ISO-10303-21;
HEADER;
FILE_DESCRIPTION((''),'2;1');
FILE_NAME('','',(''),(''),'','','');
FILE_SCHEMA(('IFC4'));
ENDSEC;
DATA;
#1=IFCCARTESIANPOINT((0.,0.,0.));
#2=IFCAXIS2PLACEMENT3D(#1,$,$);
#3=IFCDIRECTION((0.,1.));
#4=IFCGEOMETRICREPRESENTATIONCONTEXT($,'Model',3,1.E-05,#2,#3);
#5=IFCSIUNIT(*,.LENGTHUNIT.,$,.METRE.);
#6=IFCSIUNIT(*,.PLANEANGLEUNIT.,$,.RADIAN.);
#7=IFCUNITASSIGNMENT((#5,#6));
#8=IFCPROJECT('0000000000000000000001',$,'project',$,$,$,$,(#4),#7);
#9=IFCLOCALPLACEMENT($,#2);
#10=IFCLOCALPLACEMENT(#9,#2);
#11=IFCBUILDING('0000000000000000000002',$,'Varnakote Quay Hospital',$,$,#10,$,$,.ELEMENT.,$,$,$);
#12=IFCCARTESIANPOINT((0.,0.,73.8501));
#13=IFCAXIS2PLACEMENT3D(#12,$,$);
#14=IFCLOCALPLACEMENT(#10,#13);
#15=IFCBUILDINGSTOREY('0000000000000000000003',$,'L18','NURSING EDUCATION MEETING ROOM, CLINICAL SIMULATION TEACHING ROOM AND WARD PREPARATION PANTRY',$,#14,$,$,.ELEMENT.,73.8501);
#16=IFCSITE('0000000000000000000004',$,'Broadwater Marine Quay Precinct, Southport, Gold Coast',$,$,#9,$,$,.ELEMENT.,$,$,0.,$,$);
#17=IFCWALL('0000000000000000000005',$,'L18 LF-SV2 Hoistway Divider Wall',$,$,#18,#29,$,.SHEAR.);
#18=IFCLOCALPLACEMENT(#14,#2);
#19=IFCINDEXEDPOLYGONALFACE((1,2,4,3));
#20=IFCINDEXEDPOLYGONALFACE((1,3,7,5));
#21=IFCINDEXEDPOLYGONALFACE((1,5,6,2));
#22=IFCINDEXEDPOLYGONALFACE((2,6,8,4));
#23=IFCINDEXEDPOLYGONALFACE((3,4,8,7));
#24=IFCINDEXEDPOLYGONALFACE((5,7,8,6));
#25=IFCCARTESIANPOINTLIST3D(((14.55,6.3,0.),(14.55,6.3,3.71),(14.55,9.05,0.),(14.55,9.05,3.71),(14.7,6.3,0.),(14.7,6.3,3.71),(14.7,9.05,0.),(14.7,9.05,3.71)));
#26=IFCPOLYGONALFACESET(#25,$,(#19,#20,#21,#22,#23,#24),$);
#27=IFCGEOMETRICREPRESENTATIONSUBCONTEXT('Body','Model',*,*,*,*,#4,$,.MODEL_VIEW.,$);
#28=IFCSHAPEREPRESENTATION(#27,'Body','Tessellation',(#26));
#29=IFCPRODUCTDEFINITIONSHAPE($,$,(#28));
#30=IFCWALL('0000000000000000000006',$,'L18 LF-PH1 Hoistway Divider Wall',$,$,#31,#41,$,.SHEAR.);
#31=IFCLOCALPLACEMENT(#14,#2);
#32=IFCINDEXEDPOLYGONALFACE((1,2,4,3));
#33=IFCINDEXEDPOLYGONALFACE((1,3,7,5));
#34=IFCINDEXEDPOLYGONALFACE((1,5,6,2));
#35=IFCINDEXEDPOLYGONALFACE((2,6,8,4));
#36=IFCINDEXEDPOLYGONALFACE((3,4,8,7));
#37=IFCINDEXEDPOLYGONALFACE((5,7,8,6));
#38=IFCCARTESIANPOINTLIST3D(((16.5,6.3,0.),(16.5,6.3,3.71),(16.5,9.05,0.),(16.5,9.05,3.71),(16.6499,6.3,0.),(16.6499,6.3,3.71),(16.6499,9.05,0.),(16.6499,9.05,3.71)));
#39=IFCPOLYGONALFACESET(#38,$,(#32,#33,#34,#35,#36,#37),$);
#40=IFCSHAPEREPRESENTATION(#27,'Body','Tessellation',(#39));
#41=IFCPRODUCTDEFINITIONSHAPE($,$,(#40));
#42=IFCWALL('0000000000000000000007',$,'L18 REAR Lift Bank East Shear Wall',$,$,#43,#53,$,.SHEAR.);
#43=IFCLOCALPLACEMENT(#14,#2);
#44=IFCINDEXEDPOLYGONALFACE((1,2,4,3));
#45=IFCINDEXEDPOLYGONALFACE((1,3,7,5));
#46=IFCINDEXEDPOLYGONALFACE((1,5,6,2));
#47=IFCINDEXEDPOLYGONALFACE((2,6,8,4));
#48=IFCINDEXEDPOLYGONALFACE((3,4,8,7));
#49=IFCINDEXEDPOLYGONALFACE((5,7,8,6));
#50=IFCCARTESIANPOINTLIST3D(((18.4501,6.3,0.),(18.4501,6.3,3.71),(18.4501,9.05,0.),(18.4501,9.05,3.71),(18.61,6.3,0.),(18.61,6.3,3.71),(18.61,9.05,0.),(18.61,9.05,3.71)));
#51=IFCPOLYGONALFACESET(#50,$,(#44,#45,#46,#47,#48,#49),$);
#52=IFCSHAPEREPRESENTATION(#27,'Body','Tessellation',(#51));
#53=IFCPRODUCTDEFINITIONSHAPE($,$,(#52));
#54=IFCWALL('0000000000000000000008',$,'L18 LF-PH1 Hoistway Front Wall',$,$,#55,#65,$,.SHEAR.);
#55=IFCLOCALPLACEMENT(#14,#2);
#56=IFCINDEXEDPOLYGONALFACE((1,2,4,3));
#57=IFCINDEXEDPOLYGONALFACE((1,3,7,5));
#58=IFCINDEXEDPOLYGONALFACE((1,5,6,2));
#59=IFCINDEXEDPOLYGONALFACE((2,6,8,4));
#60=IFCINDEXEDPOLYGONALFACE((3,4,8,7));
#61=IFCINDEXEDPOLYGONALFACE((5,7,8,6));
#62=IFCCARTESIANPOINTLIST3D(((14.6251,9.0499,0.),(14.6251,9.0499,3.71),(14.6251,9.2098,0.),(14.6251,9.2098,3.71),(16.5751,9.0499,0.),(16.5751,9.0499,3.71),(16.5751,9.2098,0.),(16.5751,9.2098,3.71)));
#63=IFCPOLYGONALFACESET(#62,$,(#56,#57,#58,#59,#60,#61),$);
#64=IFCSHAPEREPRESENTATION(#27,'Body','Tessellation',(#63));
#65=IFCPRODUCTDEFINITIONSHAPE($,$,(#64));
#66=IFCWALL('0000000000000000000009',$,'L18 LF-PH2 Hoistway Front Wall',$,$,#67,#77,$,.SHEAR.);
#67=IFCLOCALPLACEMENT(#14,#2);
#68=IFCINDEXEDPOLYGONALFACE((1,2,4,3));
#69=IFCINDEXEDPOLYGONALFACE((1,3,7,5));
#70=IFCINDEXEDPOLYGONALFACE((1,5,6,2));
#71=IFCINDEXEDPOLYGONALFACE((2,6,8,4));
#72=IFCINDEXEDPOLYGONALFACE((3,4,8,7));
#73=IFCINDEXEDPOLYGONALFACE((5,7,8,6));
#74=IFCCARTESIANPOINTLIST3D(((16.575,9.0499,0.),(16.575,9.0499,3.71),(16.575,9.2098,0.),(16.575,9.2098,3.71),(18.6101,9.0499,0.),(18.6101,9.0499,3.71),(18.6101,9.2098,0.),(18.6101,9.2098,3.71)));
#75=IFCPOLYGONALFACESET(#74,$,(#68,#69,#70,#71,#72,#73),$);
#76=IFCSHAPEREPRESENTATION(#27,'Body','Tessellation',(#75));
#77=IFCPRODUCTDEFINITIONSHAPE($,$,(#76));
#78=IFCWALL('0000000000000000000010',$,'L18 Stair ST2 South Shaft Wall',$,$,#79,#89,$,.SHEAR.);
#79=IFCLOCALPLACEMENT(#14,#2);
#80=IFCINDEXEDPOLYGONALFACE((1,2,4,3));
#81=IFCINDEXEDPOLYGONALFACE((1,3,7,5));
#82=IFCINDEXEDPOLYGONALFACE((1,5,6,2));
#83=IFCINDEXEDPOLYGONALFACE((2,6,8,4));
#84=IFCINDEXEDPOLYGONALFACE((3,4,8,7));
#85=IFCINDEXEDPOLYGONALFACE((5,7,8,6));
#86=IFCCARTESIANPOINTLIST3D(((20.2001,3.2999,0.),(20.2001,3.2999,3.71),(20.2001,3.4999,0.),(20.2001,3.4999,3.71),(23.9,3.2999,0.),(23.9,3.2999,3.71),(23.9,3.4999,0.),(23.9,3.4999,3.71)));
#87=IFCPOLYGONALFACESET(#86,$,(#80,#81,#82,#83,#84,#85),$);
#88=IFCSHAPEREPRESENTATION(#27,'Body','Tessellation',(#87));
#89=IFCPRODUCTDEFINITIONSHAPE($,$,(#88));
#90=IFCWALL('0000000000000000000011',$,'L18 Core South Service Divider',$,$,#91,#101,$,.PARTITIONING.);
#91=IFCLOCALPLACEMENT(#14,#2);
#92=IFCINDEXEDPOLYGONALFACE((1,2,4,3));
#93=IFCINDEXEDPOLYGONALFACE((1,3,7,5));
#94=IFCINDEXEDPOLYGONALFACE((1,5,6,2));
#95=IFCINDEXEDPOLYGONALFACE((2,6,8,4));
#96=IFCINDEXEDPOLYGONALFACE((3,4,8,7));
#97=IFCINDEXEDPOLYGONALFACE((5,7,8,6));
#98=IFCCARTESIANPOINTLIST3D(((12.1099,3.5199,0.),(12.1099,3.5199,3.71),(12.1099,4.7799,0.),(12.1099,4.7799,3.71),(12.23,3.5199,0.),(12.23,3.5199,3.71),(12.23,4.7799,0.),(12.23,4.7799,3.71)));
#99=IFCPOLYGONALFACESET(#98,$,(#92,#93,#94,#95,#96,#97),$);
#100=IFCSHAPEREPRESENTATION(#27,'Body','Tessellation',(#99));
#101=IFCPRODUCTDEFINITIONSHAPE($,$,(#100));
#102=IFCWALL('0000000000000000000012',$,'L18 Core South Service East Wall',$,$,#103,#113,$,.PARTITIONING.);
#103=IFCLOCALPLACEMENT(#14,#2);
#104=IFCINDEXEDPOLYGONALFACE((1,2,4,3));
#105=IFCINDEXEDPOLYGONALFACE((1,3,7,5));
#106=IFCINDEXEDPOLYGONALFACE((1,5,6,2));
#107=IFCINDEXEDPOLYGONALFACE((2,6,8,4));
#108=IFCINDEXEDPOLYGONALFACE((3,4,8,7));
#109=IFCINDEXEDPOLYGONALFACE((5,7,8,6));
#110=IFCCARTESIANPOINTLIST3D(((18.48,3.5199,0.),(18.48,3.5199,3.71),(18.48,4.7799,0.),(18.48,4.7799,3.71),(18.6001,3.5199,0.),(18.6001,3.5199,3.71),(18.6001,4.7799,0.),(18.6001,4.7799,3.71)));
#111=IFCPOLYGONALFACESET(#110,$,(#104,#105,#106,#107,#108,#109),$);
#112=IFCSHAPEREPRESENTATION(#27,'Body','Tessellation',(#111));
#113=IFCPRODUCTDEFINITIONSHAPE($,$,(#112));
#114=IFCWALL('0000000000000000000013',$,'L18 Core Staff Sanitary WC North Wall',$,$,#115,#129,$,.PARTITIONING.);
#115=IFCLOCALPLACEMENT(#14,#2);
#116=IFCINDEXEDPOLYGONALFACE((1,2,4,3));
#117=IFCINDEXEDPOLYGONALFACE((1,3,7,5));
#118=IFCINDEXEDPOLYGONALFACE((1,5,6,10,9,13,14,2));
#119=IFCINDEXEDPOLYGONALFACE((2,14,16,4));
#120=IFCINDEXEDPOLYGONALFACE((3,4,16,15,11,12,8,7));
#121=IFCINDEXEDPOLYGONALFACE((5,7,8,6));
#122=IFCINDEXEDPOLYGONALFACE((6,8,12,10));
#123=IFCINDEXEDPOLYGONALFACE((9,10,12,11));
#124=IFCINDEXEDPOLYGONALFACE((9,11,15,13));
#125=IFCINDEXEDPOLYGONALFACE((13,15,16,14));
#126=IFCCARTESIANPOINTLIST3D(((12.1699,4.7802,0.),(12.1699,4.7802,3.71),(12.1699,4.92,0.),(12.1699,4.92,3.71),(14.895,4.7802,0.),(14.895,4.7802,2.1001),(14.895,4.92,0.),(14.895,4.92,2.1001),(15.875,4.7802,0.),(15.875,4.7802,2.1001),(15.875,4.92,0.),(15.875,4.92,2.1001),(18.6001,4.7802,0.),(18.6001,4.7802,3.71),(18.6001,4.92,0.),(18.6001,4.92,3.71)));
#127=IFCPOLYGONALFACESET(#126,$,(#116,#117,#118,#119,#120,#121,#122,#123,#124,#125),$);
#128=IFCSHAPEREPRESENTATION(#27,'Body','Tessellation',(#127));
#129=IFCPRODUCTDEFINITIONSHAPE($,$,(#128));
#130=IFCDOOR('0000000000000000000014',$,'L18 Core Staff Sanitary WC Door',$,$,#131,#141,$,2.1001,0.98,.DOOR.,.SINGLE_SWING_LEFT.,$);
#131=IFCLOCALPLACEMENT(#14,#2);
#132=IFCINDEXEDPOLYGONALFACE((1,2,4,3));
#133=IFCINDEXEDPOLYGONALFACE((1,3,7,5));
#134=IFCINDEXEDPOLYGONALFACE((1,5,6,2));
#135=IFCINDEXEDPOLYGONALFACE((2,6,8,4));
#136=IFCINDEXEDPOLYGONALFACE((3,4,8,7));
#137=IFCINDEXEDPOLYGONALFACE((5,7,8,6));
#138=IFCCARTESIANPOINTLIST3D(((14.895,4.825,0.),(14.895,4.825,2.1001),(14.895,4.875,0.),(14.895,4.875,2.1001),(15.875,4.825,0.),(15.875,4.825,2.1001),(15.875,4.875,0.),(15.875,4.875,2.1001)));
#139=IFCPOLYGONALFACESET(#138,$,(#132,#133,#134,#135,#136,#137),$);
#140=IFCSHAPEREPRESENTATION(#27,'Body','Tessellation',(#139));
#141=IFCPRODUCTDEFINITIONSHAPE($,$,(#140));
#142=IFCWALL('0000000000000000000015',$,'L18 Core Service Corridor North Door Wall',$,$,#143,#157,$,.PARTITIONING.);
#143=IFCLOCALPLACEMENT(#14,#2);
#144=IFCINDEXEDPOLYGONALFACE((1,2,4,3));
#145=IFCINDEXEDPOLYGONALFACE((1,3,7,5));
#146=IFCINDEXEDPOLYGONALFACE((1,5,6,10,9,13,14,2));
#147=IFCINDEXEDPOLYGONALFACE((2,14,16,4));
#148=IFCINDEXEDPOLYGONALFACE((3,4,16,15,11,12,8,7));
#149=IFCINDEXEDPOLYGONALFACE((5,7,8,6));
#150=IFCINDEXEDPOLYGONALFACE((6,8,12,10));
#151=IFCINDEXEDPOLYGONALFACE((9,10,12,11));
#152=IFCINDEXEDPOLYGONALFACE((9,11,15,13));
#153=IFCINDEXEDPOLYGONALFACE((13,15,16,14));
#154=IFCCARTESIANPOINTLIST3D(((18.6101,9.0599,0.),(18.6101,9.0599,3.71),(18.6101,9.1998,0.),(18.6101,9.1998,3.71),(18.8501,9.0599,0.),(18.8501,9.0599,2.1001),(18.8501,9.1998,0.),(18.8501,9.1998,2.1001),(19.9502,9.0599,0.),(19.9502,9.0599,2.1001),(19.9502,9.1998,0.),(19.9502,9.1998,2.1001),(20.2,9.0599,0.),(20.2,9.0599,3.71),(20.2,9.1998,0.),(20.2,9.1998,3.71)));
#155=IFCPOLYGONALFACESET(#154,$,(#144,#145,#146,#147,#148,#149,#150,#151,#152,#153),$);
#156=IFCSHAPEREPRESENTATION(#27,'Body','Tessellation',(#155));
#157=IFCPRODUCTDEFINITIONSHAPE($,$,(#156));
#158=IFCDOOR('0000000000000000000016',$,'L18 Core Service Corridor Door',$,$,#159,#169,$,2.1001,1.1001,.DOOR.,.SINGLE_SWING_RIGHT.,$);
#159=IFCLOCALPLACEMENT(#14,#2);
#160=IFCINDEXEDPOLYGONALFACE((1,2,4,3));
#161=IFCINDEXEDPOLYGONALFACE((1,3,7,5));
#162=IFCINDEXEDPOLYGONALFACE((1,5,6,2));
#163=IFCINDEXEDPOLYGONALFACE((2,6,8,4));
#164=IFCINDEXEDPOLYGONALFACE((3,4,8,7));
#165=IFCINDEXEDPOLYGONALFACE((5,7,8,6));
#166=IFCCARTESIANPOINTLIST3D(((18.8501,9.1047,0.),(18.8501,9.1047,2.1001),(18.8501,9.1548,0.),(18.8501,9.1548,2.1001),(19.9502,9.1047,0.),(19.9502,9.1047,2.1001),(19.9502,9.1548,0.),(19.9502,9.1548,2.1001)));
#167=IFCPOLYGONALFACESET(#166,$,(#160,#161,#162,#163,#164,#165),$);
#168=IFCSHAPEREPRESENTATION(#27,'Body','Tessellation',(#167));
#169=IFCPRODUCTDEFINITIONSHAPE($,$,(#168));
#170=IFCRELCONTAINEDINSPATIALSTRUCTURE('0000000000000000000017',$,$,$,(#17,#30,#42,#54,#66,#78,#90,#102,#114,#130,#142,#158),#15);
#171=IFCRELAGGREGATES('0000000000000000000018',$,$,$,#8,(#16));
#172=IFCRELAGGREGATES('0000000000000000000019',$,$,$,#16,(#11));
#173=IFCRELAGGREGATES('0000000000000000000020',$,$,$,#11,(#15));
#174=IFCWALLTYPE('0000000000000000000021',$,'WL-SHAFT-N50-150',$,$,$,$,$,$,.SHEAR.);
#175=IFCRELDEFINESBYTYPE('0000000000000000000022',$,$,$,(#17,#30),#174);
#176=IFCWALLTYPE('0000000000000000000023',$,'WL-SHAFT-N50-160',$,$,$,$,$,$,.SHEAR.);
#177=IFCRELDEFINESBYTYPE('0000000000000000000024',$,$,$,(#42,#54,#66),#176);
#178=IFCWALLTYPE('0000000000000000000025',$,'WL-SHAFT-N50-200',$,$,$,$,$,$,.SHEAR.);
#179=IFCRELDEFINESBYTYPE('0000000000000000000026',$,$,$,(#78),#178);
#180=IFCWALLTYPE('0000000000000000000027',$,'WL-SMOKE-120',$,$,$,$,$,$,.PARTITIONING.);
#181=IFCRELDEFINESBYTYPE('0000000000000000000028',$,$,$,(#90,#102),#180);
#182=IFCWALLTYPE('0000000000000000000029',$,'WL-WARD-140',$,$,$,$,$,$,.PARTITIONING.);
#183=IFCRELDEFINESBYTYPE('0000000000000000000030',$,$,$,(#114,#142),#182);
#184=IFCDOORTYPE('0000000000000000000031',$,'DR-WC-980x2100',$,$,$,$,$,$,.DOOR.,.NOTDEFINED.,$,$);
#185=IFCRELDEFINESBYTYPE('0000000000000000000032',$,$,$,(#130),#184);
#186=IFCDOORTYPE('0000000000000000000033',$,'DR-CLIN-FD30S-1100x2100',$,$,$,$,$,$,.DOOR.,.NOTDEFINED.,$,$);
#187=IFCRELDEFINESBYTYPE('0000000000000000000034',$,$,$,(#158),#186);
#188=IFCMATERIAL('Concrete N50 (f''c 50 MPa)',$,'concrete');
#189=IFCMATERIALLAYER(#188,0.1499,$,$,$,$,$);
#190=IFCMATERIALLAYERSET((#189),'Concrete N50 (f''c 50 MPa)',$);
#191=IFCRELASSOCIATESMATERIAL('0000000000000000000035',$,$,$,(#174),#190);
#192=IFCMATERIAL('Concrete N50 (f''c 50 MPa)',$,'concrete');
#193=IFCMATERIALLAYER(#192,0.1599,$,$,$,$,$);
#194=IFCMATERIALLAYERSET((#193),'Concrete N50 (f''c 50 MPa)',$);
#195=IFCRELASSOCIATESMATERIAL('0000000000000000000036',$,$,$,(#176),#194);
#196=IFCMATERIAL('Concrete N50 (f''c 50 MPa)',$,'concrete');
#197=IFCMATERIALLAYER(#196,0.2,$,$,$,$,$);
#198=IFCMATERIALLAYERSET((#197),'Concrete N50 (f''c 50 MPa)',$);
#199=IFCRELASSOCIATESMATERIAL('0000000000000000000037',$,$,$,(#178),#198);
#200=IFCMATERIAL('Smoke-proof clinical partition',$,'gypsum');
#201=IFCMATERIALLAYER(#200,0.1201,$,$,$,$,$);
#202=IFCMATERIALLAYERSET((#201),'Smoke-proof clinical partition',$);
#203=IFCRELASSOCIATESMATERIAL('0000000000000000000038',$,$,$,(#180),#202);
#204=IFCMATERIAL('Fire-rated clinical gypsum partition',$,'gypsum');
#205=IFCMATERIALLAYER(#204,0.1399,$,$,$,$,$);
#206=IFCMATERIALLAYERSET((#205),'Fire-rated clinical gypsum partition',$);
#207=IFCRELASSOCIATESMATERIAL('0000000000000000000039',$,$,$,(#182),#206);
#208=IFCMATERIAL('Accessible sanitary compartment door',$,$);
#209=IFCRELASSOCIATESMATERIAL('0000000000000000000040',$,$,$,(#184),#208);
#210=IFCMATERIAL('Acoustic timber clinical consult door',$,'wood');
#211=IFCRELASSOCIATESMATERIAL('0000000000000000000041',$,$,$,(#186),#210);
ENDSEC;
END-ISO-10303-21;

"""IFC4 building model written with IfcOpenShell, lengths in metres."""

from ifc_helpers import new_model, si_unit, direction, frame, frame_2d, origin, place, context, subcontext, project, spatial, rectangle, extrude, material, layer, layer_set, type_object, element, fill, save


model = new_model("IFC4")

# Units and contexts
model_context = context("Model", 3, precision=1e-05, world=origin(), true_north=direction((0.0, 1.0)))
body_context = subcontext(model_context, "Body", "Model", "MODEL_VIEW")
ifc_project = project(units=[si_unit("LENGTHUNIT", "METRE"), si_unit("PLANEANGLEUNIT", "RADIAN")], contexts=[model_context])

# Site, building, storey
site_placement = place(None, origin())
site = spatial("IfcSite", under=ifc_project, at=site_placement, Name="Broadwater Marine Quay Precinct, Southport, Gold Coast", CompositionType="ELEMENT", RefElevation=0.0)
building_placement = place(site_placement, origin())
building = spatial("IfcBuilding", under=site, at=building_placement, Name="Varnakote Quay Hospital", CompositionType="ELEMENT")
storey_placement = place(building_placement, frame((0.0, 0.0, 73.8501)))
storey = spatial("IfcBuildingStorey", under=building, at=storey_placement, Name="L18", Description="NURSING EDUCATION MEETING ROOM, CLINICAL SIMULATION TEACHING ROOM AND WARD PREPARATION PANTRY", CompositionType="ELEMENT", Elevation=73.8501)

# Walls
ifc_material_1 = material(Name="Concrete N50 (f'c 50 MPa)", Category="concrete")
ifc_layer_1 = layer(ifc_material_1, 0.1499)
ifc_layer_set_1 = layer_set([ifc_layer_1], Name="Concrete N50 (f'c 50 MPa)")
wall_type_1 = type_object("IfcWallType", Name="WL-SHAFT-N50-150", PredefinedType="SHEAR", material=ifc_layer_set_1)
for number, where, z_axis, x_axis, name in (
    (1, (14.625, 6.3, 0.0), (0.0, 0.0, 1.0), (0.0, 1.0, 0.0), "L18 LF-SV2 Hoistway Divider Wall"),
    (2, (16.575, 6.3, 0.0), (0.0, 0.0, 1.0), (0.0, 1.0, 0.0), "L18 LF-PH1 Hoistway Divider Wall"),
):
    element("IfcWall", number, at=place(storey_placement, frame(where, z_axis=z_axis, x_axis=x_axis)), inside=storey, type_object=wall_type_1, Name=name, PredefinedType="SHEAR", context=body_context, shape_type="SweptSolid", body=[
        extrude(rectangle(XDim=2.75, YDim=0.1499, at=frame_2d((1.375, 0.0))), origin(), (0.0, 0.0, 1.0), 3.71),
    ])
ifc_material_2 = material(Name="Concrete N50 (f'c 50 MPa)", Category="concrete")
ifc_layer_2 = layer(ifc_material_2, 0.1599)
ifc_layer_set_2 = layer_set([ifc_layer_2], Name="Concrete N50 (f'c 50 MPa)")
wall_type_2 = type_object("IfcWallType", Name="WL-SHAFT-N50-160", PredefinedType="SHEAR", material=ifc_layer_set_2)
wall_1_placement = place(storey_placement, frame((18.53, 6.3, 0.0), z_axis=(0.0, 0.0, 1.0), x_axis=(0.0, 1.0, 0.0)))
element("IfcWall", 3, at=wall_1_placement, inside=storey, type_object=wall_type_2, Name="L18 REAR Lift Bank East Shear Wall", PredefinedType="SHEAR", context=body_context, shape_type="SweptSolid", body=[
    extrude(rectangle(XDim=2.75, YDim=0.1599, at=frame_2d((1.375, 0.0))), origin(), (0.0, 0.0, 1.0), 3.71),
])

# Walls
wall_2_placement = place(storey_placement, frame((14.625, 9.1299, 0.0), z_axis=(0.0, 0.0, 1.0), x_axis=(1.0, 0.0, 0.0)))
element("IfcWall", 4, at=wall_2_placement, inside=storey, type_object=wall_type_2, Name="L18 LF-PH1 Hoistway Front Wall", PredefinedType="SHEAR", context=body_context, shape_type="SweptSolid", body=[
    extrude(rectangle(XDim=1.95, YDim=0.1599, at=frame_2d((0.9751, 0.0))), origin(), (0.0, 0.0, 1.0), 3.71),
])
wall_3_placement = place(storey_placement, frame((16.575, 9.1299, 0.0), z_axis=(0.0, 0.0, 1.0), x_axis=(1.0, 0.0, 0.0)))
element("IfcWall", 5, at=wall_3_placement, inside=storey, type_object=wall_type_2, Name="L18 LF-PH2 Hoistway Front Wall", PredefinedType="SHEAR", context=body_context, shape_type="SweptSolid", body=[
    extrude(rectangle(XDim=2.0352, YDim=0.1599, at=frame_2d((1.0176, 0.0))), origin(), (0.0, 0.0, 1.0), 3.71),
])
ifc_material_3 = material(Name="Concrete N50 (f'c 50 MPa)", Category="concrete")
ifc_layer_3 = layer(ifc_material_3, 0.2)
ifc_layer_set_3 = layer_set([ifc_layer_3], Name="Concrete N50 (f'c 50 MPa)")
wall_type_3 = type_object("IfcWallType", Name="WL-SHAFT-N50-200", PredefinedType="SHEAR", material=ifc_layer_set_3)
wall_4_placement = place(storey_placement, frame((20.2, 3.3999, 0.0), z_axis=(0.0, 0.0, 1.0), x_axis=(1.0, 0.0, 0.0)))
element("IfcWall", 6, at=wall_4_placement, inside=storey, type_object=wall_type_3, Name="L18 Stair ST2 South Shaft Wall", PredefinedType="SHEAR", context=body_context, shape_type="SweptSolid", body=[
    extrude(rectangle(XDim=3.7, YDim=0.2, at=frame_2d((1.8501, 0.0))), origin(), (0.0, 0.0, 1.0), 3.71),
])

# Walls
ifc_material_4 = material(Name="Smoke-proof clinical partition", Category="gypsum")
ifc_layer_4 = layer(ifc_material_4, 0.1201)
ifc_layer_set_4 = layer_set([ifc_layer_4], Name="Smoke-proof clinical partition")
wall_type_4 = type_object("IfcWallType", Name="WL-SMOKE-120", PredefinedType="PARTITIONING", material=ifc_layer_set_4)
for number, where, z_axis, x_axis, name in (
    (7, (12.1699, 3.52, 0.0), (0.0, 0.0, 1.0), (0.0, 1.0, 0.0), "L18 Core South Service Divider"),
    (8, (18.54, 3.52, 0.0), (0.0, 0.0, 1.0), (0.0, 1.0, 0.0), "L18 Core South Service East Wall"),
):
    element("IfcWall", number, at=place(storey_placement, frame(where, z_axis=z_axis, x_axis=x_axis)), inside=storey, type_object=wall_type_4, Name=name, PredefinedType="PARTITIONING", context=body_context, shape_type="SweptSolid", body=[
        extrude(rectangle(XDim=1.26, YDim=0.1201, at=frame_2d((0.6299, 0.0))), origin(), (0.0, 0.0, 1.0), 3.71),
    ])

# Walls, openings, doors
ifc_material_5 = material(Name="Fire-rated clinical gypsum partition", Category="gypsum")
ifc_layer_5 = layer(ifc_material_5, 0.1399)
ifc_layer_set_5 = layer_set([ifc_layer_5], Name="Fire-rated clinical gypsum partition")
wall_type_5 = type_object("IfcWallType", Name="WL-WARD-140", PredefinedType="PARTITIONING", material=ifc_layer_set_5)
wall_5_placement = place(storey_placement, frame((12.1699, 4.8501, 0.0), z_axis=(0.0, 0.0, 1.0), x_axis=(1.0, 0.0, 0.0)))
wall_5 = element("IfcWall", 9, at=wall_5_placement, inside=storey, type_object=wall_type_5, Name="L18 Core Staff Sanitary WC North Wall", PredefinedType="PARTITIONING", context=body_context, shape_type="SweptSolid", body=[
    extrude(rectangle(XDim=6.4302, YDim=0.1399, at=frame_2d((3.2151, 0.0))), origin(), (0.0, 0.0, 1.0), 3.71),
])
opening_1_placement = place(wall_5_placement, frame((2.7251, 0.0, 0.0)))
opening_1 = element("IfcOpeningElement", 10, at=opening_1_placement, cuts=wall_5, PredefinedType="OPENING", context=body_context, shape_type="SweptSolid", body=[
    extrude(rectangle(XDim=0.98, YDim=2.1001, at=frame_2d((0.49, 1.05))), frame((0.0, 0.0798, 0.0), z_axis=(0.0, -1.0, 0.0), x_axis=(1.0, 0.0, 0.0)), (0.0, 0.0, 1.0), 0.1599),
])
ifc_material_6 = material(Name="Accessible sanitary compartment door")
door_type_1 = type_object("IfcDoorType", Name="DR-WC-980x2100", OperationType="NOTDEFINED", PredefinedType="DOOR", material=ifc_material_6)
door_1_placement = place(opening_1_placement, origin())
door_1 = element("IfcDoor", 11, at=door_1_placement, inside=storey, type_object=door_type_1, Name="L18 Core Staff Sanitary WC Door", OperationType="SINGLE_SWING_LEFT", OverallHeight=2.1001, OverallWidth=0.98, PredefinedType="DOOR", context=body_context, shape_type="SweptSolid", body=[
    extrude(rectangle(XDim=0.98, YDim=2.1001, at=frame_2d((0.49, 1.05))), frame((0.0, 0.0249, 0.0), z_axis=(0.0, -1.0, 0.0), x_axis=(1.0, 0.0, 0.0)), (0.0, 0.0, 1.0), 0.05),
])
fill(opening_1, door_1)
wall_6_placement = place(storey_placement, frame((18.6101, 9.1299, 0.0), z_axis=(0.0, 0.0, 1.0), x_axis=(1.0, 0.0, 0.0)))
wall_6 = element("IfcWall", 12, at=wall_6_placement, inside=storey, type_object=wall_type_5, Name="L18 Core Service Corridor North Door Wall", PredefinedType="PARTITIONING", context=body_context, shape_type="SweptSolid", body=[
    extrude(rectangle(XDim=1.5898, YDim=0.1399, at=frame_2d((0.7949, 0.0))), origin(), (0.0, 0.0, 1.0), 3.71),
])
opening_2_placement = place(wall_6_placement, frame((0.24, 0.0, 0.0)))
opening_2 = element("IfcOpeningElement", 13, at=opening_2_placement, cuts=wall_6, PredefinedType="OPENING", context=body_context, shape_type="SweptSolid", body=[
    extrude(rectangle(XDim=1.1001, YDim=2.1001, at=frame_2d((0.55, 1.05))), frame((0.0, 0.0798, 0.0), z_axis=(0.0, -1.0, 0.0), x_axis=(1.0, 0.0, 0.0)), (0.0, 0.0, 1.0), 0.1599),
])
ifc_material_7 = material(Name="Acoustic timber clinical consult door", Category="wood")
door_type_2 = type_object("IfcDoorType", Name="DR-CLIN-FD30S-1100x2100", OperationType="NOTDEFINED", PredefinedType="DOOR", material=ifc_material_7)
door_2_placement = place(opening_2_placement, origin())
door_2 = element("IfcDoor", 14, at=door_2_placement, inside=storey, type_object=door_type_2, Name="L18 Core Service Corridor Door", OperationType="SINGLE_SWING_RIGHT", OverallHeight=2.1001, OverallWidth=1.1001, PredefinedType="DOOR", context=body_context, shape_type="SweptSolid", body=[
    extrude(rectangle(XDim=1.1001, YDim=2.1001, at=frame_2d((0.55, 1.05))), frame((0.0, 0.0249, 0.0), z_axis=(0.0, -1.0, 0.0), x_axis=(1.0, 0.0, 0.0)), (0.0, 0.0, 1.0), 0.05),
])
fill(opening_2, door_2)

save(model, "model.ifc")
